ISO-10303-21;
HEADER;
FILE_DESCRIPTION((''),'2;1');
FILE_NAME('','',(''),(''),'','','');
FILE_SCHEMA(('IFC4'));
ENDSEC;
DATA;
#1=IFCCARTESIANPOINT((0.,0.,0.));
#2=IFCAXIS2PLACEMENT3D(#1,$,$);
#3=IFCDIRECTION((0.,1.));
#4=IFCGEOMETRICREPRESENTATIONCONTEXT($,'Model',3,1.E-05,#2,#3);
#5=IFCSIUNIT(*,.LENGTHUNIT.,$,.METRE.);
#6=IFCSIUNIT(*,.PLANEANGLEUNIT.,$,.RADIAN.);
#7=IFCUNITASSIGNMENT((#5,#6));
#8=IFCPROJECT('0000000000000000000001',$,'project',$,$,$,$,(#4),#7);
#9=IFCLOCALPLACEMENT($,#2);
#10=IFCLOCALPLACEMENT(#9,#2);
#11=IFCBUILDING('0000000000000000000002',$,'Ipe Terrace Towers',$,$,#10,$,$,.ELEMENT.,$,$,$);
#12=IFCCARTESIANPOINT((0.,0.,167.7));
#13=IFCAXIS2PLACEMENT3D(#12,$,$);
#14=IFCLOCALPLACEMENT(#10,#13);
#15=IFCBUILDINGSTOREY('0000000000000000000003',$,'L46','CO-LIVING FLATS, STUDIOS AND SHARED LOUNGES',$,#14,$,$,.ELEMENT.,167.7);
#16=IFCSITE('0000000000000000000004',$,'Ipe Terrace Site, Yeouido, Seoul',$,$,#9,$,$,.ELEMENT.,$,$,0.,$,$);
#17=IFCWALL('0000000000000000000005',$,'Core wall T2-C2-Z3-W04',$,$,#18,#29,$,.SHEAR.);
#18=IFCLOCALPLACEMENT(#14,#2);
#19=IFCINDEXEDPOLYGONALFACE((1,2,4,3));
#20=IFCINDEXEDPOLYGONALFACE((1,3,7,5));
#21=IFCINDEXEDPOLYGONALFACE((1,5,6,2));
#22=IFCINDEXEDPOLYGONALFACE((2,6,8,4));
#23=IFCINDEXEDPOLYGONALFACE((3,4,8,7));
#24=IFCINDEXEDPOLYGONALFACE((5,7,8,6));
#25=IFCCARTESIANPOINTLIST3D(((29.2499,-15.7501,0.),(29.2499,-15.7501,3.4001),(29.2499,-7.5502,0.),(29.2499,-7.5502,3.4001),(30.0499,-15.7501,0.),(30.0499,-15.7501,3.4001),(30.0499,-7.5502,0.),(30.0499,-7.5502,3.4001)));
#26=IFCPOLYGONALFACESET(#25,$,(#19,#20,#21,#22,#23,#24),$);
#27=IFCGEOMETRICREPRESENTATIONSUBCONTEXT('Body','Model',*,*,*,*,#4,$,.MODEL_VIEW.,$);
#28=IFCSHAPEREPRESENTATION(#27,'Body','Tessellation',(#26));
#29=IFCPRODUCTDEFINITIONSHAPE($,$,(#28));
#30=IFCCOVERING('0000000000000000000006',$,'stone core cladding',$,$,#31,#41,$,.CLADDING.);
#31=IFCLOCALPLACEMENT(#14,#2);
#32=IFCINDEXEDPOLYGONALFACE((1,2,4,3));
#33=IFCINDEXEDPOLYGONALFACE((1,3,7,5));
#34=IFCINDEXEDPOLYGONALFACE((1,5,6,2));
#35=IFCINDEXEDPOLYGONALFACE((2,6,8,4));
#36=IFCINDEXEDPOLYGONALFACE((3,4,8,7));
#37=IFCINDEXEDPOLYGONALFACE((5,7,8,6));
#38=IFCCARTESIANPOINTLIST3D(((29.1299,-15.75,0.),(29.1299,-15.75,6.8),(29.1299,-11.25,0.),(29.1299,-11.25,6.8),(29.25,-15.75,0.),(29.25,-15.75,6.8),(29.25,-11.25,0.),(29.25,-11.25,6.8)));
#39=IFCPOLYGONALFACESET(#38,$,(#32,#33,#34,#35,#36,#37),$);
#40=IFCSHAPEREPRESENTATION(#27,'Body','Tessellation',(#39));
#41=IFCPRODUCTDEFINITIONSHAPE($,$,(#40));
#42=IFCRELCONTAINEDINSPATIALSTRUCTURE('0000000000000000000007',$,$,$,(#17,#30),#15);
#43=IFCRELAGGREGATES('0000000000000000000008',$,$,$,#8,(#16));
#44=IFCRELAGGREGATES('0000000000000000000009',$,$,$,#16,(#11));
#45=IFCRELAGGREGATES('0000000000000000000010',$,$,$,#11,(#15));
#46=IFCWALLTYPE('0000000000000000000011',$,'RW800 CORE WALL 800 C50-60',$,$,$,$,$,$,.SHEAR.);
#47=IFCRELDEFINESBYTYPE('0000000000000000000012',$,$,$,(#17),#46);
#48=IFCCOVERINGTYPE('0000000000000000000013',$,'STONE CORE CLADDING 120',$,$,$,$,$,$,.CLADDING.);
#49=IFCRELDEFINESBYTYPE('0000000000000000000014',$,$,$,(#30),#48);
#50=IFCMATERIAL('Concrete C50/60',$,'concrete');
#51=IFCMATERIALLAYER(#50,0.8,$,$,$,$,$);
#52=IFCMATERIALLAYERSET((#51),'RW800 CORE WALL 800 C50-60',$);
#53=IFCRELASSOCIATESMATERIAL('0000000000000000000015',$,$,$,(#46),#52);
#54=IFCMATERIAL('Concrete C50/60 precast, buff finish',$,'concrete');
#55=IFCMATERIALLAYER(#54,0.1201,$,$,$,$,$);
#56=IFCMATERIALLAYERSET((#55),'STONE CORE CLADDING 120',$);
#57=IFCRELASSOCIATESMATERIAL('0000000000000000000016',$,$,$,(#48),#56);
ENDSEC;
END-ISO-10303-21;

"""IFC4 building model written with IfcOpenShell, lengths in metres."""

from ifc_helpers import new_model, si_unit, direction, frame, frame_2d, origin, origin_2d, place, context, subcontext, project, spatial, rectangle, extrude, material, layer, layer_set, type_object, element, save


model = new_model("IFC4")

# Units and contexts
model_context = context("Model", 3, precision=1e-05, world=origin(), true_north=direction((0.0, 1.0)))
body_context = subcontext(model_context, "Body", "Model", "MODEL_VIEW")
ifc_project = project(units=[si_unit("LENGTHUNIT", "METRE"), si_unit("PLANEANGLEUNIT", "RADIAN")], contexts=[model_context])

# Site, building, storey
site_placement = place(None, origin())
site = spatial("IfcSite", under=ifc_project, at=site_placement, Name="Ipe Terrace Site, Yeouido, Seoul", CompositionType="ELEMENT", RefElevation=0.0)
building_placement = place(site_placement, origin())
building = spatial("IfcBuilding", under=site, at=building_placement, Name="Ipe Terrace Towers", CompositionType="ELEMENT")
storey_placement = place(building_placement, frame((0.0, 0.0, 167.7)))
storey = spatial("IfcBuildingStorey", under=building, at=storey_placement, Name="L46", Description="CO-LIVING FLATS, STUDIOS AND SHARED LOUNGES", CompositionType="ELEMENT", Elevation=167.7)

# Shared definitions
ifc_material_1 = material(Name="Concrete C50/60", Category="concrete")
ifc_layer_1 = layer(ifc_material_1, 0.8)
ifc_layer_set_1 = layer_set([ifc_layer_1], Name="RW800 CORE WALL 800 C50-60")
wall_type_1 = type_object("IfcWallType", Name="RW800 CORE WALL 800 C50-60", PredefinedType="SHEAR", material=ifc_layer_set_1)

# Wall
wall_1_placement = place(storey_placement, frame((29.6499, -7.55, 0.0), z_axis=(0.0, 0.0, 1.0), x_axis=(0.0, -1.0, 0.0)))
element("IfcWall", 1, at=wall_1_placement, inside=storey, type_object=wall_type_1, Name="Core wall T2-C2-Z3-W04", PredefinedType="SHEAR", context=body_context, shape_type="SweptSolid", body=[
    extrude(rectangle(XDim=8.2, YDim=0.8, at=frame_2d((4.1001, 0.0))), origin(), (0.0, 0.0, 1.0), 3.4001),
])

# Covering
ifc_material_2 = material(Name="Concrete C50/60 precast, buff finish", Category="concrete")
ifc_layer_2 = layer(ifc_material_2, 0.1201)
ifc_layer_set_2 = layer_set([ifc_layer_2], Name="STONE CORE CLADDING 120")
covering_type = type_object("IfcCoveringType", Name="STONE CORE CLADDING 120", PredefinedType="CLADDING", material=ifc_layer_set_2)
covering_placement = place(storey_placement, frame((29.1899, -13.5, 0.0), z_axis=(0.0, 0.0, 1.0), x_axis=(0.0, -1.0, 0.0)))
element("IfcCovering", 2, at=covering_placement, inside=storey, type_object=covering_type, Name="stone core cladding", PredefinedType="CLADDING", context=body_context, shape_type="SweptSolid", body=[
    extrude(rectangle(XDim=4.5, YDim=0.1201, at=origin_2d()), origin(), (0.0, 0.0, 1.0), 6.8),
])

save(model, "model.ifc")
